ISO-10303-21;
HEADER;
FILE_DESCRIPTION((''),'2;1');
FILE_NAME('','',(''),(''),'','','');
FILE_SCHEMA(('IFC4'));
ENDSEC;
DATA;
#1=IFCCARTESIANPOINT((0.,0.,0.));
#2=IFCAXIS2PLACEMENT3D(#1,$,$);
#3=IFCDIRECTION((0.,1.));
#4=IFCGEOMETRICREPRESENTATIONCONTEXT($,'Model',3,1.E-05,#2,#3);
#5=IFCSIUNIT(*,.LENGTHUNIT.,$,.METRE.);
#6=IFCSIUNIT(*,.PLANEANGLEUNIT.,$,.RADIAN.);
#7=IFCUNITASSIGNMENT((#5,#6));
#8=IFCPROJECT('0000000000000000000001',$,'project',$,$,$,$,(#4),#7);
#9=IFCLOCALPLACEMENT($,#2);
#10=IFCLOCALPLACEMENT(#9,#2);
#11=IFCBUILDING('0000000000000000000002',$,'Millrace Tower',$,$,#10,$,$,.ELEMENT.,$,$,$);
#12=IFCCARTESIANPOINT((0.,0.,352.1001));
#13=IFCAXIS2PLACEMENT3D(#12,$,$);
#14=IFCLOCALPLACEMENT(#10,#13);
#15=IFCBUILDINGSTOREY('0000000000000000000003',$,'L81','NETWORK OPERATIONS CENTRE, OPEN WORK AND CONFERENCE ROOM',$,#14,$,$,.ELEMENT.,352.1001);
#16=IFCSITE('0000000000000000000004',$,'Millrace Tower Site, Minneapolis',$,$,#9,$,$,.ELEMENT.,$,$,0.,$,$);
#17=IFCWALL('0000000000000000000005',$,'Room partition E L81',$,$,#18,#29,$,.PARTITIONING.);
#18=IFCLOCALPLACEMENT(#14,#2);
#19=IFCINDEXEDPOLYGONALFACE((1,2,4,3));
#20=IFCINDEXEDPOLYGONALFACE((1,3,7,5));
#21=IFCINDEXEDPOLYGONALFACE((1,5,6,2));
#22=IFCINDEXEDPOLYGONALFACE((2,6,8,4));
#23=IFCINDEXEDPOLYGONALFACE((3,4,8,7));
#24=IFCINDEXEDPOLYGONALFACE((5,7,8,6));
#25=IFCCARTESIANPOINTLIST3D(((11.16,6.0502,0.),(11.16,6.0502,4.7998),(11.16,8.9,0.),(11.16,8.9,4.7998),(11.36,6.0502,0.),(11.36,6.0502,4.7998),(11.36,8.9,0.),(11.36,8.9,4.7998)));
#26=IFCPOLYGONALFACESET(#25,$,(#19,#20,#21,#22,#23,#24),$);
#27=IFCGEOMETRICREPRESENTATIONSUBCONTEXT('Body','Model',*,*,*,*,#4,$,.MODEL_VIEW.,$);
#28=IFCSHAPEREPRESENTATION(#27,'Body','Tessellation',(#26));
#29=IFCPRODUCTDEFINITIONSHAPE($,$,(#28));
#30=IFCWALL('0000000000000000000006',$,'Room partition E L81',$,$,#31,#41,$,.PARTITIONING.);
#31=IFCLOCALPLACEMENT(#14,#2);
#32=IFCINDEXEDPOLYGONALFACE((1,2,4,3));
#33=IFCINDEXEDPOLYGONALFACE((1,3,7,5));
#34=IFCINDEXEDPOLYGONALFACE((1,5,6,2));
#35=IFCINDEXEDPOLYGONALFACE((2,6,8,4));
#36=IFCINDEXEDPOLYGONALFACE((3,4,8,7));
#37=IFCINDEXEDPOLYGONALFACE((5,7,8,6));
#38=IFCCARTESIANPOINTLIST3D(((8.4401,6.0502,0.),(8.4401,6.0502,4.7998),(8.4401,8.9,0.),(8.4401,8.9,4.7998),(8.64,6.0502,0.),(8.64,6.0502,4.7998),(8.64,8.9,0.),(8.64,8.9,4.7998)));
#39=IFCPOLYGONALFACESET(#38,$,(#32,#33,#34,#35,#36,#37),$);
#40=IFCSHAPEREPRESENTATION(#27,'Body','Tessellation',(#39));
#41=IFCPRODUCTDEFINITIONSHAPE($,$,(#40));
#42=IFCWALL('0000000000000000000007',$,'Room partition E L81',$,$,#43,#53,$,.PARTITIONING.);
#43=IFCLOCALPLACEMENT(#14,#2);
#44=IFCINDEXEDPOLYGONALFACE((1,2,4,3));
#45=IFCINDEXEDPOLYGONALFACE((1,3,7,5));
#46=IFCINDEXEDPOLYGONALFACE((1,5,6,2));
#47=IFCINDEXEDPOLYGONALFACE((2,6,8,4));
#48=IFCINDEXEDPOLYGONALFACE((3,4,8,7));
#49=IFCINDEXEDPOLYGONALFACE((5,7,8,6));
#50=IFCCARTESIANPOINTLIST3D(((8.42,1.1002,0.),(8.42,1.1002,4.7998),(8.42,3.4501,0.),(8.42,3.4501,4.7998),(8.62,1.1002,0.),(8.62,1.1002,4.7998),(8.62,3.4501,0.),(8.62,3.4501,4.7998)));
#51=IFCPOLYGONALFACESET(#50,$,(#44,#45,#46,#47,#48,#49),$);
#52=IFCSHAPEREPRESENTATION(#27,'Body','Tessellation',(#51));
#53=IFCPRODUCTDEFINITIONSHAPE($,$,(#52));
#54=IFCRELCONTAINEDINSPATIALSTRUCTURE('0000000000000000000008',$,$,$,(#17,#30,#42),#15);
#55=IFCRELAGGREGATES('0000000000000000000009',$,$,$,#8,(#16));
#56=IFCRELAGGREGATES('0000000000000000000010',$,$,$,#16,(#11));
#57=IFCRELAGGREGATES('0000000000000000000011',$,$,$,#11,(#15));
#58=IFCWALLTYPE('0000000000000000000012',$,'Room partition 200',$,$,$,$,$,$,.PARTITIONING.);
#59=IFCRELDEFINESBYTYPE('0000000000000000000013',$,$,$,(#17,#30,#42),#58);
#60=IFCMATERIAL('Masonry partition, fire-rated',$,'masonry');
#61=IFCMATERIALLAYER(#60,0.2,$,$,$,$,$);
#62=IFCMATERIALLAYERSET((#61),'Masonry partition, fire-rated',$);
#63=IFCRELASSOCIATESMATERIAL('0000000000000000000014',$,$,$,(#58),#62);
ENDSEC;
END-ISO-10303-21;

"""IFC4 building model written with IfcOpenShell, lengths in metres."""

from ifc_helpers import new_model, si_unit, direction, frame, frame_2d, origin, place, context, subcontext, project, spatial, rectangle, extrude, material, layer, layer_set, type_object, element, save


model = new_model("IFC4")

# Units and contexts
model_context = context("Model", 3, precision=1e-05, world=origin(), true_north=direction((0.0, 1.0)))
body_context = subcontext(model_context, "Body", "Model", "MODEL_VIEW")
ifc_project = project(units=[si_unit("LENGTHUNIT", "METRE"), si_unit("PLANEANGLEUNIT", "RADIAN")], contexts=[model_context])

# Site, building, storey
site_placement = place(None, origin())
site = spatial("IfcSite", under=ifc_project, at=site_placement, Name="Millrace Tower Site, Minneapolis", CompositionType="ELEMENT", RefElevation=0.0)
building_placement = place(site_placement, origin())
building = spatial("IfcBuilding", under=site, at=building_placement, Name="Millrace Tower", CompositionType="ELEMENT")
storey_placement = place(building_placement, frame((0.0, 0.0, 352.1001)))
storey = spatial("IfcBuildingStorey", under=building, at=storey_placement, Name="L81", Description="NETWORK OPERATIONS CENTRE, OPEN WORK AND CONFERENCE ROOM", CompositionType="ELEMENT", Elevation=352.1001)

# Walls
ifc_material_1 = material(Name="Masonry partition, fire-rated", Category="masonry")
ifc_layer_1 = layer(ifc_material_1, 0.2)
ifc_layer_set_1 = layer_set([ifc_layer_1], Name="Masonry partition, fire-rated")
wall_type_1 = type_object("IfcWallType", Name="Room partition 200", PredefinedType="PARTITIONING", material=ifc_layer_set_1)
for number, where, z_axis, x_axis, name in (
    (1, (11.26, 8.8999, 0.0), (0.0, 0.0, 1.0), (0.0, -1.0, 0.0), "Room partition E L81"),
    (2, (8.54, 8.8999, 0.0), (0.0, 0.0, 1.0), (0.0, -1.0, 0.0), "Room partition E L81"),
):
    element("IfcWall", number, at=place(storey_placement, frame(where, z_axis=z_axis, x_axis=x_axis)), inside=storey, type_object=wall_type_1, Name=name, PredefinedType="PARTITIONING", context=body_context, shape_type="SweptSolid", body=[
        extrude(rectangle(XDim=2.8499, YDim=0.2, at=frame_2d((1.4248, 0.0))), origin(), (0.0, 0.0, 1.0), 4.7998),
    ])
wall_1_placement = place(storey_placement, frame((8.52, 3.45, 0.0), z_axis=(0.0, 0.0, 1.0), x_axis=(0.0, -1.0, 0.0)))
element("IfcWall", 3, at=wall_1_placement, inside=storey, type_object=wall_type_1, Name="Room partition E L81", PredefinedType="PARTITIONING", context=body_context, shape_type="SweptSolid", body=[
    extrude(rectangle(XDim=2.3499, YDim=0.2, at=frame_2d((1.1748, 0.0))), origin(), (0.0, 0.0, 1.0), 4.7998),
])

save(model, "model.ifc")
